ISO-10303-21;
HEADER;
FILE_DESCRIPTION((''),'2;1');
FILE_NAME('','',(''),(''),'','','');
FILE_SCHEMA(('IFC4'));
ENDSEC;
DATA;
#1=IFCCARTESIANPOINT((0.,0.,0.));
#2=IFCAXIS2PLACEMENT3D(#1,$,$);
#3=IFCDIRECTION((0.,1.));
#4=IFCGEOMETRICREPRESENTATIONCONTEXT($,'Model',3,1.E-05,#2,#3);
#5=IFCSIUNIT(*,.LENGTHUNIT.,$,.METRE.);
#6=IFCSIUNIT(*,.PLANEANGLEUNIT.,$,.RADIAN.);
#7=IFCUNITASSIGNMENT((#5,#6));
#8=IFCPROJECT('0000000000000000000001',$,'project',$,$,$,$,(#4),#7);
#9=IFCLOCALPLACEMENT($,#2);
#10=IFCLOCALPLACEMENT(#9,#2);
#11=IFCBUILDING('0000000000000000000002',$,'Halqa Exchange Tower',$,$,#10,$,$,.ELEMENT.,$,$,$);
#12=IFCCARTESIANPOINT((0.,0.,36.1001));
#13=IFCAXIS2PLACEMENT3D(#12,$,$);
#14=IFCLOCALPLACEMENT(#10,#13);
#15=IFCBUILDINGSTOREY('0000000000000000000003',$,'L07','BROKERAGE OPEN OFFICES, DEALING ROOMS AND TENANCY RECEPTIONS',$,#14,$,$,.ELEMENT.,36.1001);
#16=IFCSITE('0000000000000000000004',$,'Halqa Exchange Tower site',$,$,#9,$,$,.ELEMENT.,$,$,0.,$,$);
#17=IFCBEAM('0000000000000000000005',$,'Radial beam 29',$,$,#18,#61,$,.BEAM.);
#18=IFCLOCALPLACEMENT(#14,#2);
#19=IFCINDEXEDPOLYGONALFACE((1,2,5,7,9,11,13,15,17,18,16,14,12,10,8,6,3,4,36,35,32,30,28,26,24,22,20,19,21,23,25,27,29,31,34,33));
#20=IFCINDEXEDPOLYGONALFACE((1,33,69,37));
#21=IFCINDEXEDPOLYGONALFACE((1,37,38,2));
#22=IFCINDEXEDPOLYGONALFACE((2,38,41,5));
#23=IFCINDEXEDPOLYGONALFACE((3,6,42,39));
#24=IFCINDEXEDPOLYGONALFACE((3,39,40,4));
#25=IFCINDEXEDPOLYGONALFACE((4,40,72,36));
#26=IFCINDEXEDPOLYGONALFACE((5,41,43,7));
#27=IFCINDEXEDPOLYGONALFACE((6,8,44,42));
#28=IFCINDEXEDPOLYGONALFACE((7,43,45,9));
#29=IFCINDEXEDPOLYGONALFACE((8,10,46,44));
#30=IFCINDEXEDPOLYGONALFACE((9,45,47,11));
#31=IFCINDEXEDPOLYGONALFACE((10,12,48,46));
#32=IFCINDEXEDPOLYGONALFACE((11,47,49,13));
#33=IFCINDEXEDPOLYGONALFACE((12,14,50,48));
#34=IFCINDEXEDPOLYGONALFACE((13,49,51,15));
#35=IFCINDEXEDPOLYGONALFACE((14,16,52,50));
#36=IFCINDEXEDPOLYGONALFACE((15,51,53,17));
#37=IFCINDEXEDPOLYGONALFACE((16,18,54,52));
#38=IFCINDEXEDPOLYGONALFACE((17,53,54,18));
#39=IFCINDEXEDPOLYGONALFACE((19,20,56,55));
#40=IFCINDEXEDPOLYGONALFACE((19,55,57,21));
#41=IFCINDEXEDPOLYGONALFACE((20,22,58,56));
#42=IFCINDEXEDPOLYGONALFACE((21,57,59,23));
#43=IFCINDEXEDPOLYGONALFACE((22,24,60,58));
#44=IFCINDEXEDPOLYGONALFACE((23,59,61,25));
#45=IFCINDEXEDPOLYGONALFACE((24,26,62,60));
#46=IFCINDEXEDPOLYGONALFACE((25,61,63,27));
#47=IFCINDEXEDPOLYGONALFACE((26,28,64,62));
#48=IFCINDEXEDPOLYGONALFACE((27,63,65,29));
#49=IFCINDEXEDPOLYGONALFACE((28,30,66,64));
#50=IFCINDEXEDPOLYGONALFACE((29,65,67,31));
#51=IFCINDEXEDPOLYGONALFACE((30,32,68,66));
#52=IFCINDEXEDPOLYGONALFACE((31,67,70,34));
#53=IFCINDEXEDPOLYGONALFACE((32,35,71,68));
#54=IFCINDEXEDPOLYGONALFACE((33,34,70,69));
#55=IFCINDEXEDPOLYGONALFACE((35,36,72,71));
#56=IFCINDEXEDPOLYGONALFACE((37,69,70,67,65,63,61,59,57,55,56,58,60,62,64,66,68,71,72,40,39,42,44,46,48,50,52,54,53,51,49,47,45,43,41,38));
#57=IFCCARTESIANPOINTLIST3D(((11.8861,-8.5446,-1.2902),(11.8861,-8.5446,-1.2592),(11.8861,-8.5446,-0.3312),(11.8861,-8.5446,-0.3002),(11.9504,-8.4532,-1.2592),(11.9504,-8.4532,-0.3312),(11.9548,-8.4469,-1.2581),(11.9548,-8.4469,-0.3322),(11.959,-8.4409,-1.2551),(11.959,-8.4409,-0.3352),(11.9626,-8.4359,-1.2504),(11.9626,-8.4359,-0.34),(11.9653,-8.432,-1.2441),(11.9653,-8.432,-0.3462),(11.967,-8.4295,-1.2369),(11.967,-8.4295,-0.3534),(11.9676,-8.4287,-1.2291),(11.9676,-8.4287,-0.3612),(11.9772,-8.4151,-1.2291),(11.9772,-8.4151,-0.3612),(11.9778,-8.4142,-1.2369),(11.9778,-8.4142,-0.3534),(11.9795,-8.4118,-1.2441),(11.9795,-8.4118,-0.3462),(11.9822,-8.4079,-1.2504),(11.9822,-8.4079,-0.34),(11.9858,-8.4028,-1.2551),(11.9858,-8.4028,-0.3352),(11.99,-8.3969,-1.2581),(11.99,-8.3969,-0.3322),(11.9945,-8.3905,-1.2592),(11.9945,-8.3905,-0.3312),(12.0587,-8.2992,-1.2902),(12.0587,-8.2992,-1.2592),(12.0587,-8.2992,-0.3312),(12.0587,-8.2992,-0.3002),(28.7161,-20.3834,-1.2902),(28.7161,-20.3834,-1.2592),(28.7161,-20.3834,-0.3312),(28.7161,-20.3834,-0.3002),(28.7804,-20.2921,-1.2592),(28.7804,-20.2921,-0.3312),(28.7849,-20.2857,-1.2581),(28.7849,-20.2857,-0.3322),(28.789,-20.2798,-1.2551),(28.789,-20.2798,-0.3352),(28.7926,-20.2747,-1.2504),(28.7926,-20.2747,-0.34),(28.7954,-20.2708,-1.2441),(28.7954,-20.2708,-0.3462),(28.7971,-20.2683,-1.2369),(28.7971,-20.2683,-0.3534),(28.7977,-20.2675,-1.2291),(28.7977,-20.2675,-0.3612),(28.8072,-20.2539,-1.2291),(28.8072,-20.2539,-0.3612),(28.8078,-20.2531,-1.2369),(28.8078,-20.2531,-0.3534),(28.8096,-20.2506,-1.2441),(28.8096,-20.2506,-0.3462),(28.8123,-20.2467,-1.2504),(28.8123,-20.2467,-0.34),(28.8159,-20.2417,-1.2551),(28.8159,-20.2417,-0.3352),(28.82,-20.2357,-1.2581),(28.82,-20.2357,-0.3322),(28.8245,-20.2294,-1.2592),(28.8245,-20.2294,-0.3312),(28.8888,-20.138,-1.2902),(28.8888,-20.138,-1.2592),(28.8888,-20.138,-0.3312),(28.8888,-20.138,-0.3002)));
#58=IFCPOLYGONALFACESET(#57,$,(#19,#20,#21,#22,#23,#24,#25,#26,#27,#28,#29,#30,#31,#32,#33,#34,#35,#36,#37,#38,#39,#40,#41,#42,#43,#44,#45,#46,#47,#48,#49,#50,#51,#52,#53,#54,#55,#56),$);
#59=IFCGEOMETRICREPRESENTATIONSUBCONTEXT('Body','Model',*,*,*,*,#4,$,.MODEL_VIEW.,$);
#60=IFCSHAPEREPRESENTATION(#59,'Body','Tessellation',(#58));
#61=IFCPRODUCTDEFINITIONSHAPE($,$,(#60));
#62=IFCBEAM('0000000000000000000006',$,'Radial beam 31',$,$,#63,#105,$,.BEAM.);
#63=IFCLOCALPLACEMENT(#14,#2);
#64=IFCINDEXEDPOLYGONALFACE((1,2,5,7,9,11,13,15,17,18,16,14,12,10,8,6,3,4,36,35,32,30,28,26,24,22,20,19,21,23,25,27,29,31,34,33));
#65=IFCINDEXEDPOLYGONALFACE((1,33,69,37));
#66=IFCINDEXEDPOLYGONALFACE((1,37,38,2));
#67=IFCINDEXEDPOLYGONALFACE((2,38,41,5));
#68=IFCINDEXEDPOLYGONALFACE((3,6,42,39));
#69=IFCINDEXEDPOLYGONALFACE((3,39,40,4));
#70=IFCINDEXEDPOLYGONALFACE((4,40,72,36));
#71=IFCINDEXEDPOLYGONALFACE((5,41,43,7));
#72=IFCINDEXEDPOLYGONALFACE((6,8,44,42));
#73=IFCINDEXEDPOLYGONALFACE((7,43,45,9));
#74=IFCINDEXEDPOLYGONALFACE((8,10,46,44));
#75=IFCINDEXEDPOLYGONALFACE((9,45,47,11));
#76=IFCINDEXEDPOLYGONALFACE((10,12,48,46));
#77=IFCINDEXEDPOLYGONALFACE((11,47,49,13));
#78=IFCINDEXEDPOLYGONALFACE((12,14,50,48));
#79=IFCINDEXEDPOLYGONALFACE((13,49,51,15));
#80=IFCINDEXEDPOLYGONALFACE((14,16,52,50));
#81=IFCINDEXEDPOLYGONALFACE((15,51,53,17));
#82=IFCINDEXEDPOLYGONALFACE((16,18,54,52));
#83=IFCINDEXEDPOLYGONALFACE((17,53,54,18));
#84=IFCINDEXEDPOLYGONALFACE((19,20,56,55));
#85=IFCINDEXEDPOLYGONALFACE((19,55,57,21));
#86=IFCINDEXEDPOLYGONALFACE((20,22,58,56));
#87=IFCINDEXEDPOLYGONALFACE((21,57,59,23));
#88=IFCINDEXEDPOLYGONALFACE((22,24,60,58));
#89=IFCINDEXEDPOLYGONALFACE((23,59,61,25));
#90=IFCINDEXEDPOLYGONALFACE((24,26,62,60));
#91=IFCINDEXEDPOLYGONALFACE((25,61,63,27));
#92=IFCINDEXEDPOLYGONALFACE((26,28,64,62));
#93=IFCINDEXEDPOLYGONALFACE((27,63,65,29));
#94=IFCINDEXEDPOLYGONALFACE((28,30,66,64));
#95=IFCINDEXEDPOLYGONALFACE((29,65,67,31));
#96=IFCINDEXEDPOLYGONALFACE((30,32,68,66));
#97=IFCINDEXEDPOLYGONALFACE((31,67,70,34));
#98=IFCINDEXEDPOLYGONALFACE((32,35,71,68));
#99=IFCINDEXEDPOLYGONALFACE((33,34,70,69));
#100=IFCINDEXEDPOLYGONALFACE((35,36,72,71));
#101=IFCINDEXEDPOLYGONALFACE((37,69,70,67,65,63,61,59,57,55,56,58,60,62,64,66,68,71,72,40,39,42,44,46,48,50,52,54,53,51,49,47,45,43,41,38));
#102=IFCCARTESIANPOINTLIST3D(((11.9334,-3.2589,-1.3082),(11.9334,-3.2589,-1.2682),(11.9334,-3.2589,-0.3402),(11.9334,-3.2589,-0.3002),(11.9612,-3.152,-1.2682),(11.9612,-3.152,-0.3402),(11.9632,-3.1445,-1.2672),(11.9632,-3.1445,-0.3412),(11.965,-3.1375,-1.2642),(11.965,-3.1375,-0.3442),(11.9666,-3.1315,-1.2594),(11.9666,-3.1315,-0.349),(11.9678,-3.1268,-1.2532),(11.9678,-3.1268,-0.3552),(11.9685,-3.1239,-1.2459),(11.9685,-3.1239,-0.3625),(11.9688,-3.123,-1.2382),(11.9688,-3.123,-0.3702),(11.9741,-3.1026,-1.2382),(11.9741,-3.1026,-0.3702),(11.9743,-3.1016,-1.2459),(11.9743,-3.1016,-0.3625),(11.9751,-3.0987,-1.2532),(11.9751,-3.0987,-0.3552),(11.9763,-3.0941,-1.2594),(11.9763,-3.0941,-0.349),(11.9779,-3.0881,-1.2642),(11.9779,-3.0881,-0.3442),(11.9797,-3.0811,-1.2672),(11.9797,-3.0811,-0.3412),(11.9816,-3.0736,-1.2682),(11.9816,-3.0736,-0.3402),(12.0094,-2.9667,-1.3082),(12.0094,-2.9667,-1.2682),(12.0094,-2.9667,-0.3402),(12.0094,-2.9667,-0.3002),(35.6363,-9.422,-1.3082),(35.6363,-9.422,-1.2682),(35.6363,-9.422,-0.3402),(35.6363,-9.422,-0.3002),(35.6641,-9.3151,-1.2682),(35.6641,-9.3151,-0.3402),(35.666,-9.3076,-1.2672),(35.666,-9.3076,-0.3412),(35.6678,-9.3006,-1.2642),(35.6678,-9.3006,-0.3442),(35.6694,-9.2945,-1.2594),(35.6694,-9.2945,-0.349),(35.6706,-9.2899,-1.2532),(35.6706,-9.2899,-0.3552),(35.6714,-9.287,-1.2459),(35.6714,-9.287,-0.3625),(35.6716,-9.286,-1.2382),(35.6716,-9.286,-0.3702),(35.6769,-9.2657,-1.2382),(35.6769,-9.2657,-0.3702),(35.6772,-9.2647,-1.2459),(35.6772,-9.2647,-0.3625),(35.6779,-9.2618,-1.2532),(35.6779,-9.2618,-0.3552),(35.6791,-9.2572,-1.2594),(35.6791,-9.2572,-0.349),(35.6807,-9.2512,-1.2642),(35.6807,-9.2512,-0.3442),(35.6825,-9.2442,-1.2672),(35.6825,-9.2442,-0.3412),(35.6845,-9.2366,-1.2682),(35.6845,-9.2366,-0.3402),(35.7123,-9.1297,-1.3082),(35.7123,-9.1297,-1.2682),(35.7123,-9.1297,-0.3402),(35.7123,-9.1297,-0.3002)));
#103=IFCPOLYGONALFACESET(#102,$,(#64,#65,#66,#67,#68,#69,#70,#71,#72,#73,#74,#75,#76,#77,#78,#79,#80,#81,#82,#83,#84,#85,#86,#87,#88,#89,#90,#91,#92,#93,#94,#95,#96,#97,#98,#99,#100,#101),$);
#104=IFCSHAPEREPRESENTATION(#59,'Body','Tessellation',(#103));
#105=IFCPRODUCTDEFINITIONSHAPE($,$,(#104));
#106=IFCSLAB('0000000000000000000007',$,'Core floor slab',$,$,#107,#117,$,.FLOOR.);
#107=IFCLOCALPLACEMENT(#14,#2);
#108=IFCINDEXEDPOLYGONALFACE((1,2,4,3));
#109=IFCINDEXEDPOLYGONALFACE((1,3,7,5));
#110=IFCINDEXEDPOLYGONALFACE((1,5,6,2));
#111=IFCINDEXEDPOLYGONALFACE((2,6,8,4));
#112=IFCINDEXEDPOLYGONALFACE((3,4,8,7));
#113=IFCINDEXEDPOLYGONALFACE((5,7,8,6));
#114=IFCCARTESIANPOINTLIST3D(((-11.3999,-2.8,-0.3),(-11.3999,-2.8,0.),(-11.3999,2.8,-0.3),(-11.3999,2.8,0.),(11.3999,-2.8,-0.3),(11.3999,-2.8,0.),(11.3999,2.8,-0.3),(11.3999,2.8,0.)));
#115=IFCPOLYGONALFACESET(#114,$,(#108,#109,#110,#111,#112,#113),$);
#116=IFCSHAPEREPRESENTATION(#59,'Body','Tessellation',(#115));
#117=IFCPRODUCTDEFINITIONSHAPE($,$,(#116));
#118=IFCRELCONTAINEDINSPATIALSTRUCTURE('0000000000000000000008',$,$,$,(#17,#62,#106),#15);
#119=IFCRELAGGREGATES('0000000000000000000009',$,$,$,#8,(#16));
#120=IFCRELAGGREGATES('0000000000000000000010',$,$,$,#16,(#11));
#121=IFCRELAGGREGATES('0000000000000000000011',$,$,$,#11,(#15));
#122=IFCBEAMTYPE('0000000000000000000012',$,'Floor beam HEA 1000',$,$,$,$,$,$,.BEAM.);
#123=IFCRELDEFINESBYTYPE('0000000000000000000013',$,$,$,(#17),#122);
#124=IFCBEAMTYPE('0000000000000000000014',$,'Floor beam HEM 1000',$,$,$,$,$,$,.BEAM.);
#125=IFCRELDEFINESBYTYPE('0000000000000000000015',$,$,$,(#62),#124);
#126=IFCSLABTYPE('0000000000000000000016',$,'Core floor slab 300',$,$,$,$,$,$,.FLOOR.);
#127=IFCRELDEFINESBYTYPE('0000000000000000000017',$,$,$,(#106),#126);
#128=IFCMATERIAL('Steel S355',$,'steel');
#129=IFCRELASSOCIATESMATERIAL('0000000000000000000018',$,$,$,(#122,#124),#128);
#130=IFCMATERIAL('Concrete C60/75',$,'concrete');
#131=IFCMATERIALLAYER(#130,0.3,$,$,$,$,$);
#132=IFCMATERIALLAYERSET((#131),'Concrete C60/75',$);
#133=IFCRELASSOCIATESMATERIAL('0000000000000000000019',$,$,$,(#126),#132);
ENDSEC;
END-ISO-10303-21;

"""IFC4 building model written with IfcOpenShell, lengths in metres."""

from ifc_helpers import new_model, si_unit, direction, frame, origin, origin_2d, place, context, subcontext, project, spatial, polyline, i_section, outline, extrude, material, layer, layer_set, material_profile, profile_set, type_object, element, save


model = new_model("IFC4")

# Units and contexts
model_context = context("Model", 3, precision=1e-05, world=origin(), true_north=direction((0.0, 1.0)))
body_context = subcontext(model_context, "Body", "Model", "MODEL_VIEW")
ifc_project = project(units=[si_unit("LENGTHUNIT", "METRE"), si_unit("PLANEANGLEUNIT", "RADIAN")], contexts=[model_context])

# Site, building, storey
site_placement = place(None, origin())
site = spatial("IfcSite", under=ifc_project, at=site_placement, Name="Halqa Exchange Tower site", CompositionType="ELEMENT", RefElevation=0.0)
building_placement = place(site_placement, origin())
building = spatial("IfcBuilding", under=site, at=building_placement, Name="Halqa Exchange Tower", CompositionType="ELEMENT")
storey_placement = place(building_placement, frame((0.0, 0.0, 36.1001)))
storey = spatial("IfcBuildingStorey", under=building, at=storey_placement, Name="L07", Description="BROKERAGE OPEN OFFICES, DEALING ROOMS AND TENANCY RECEPTIONS", CompositionType="ELEMENT", Elevation=36.1001)

# Beams
ifc_material_1 = material(Name="Steel S355", Category="steel")
ifc_material_profile_1 = material_profile(ifc_material_1, i_section(OverallWidth=0.3, OverallDepth=0.99, WebThickness=0.0166, FlangeThickness=0.031, FilletRadius=0.03, at=origin_2d()), Name="HEA 1000")
ifc_profile_set_1 = profile_set([ifc_material_profile_1], Name="Steel S355")
beam_type_1 = type_object("IfcBeamType", Name="Floor beam HEA 1000", PredefinedType="BEAM", material=ifc_profile_set_1)
beam_1_placement = place(storey_placement, frame((11.9724, -8.4219, -0.7952), z_axis=(0.81791, -0.575346, 0.0), x_axis=(0.575346, 0.81791, 0.0)))
element("IfcBeam", 1, at=beam_1_placement, inside=storey, type_object=beam_type_1, Name="Radial beam 29", PredefinedType="BEAM", context=body_context, shape_type="SweptSolid", body=[
    extrude(i_section(OverallWidth=0.3, OverallDepth=0.99, WebThickness=0.0166, FlangeThickness=0.031, FilletRadius=0.03, at=origin_2d()), origin(), (0.0, 0.0, 1.0), 20.5769),
])
ifc_material_profile_2 = material_profile(ifc_material_1, i_section(OverallWidth=0.302, OverallDepth=1.0081, WebThickness=0.021, FlangeThickness=0.04, FilletRadius=0.03, at=origin_2d()), Name="HEM 1000")
ifc_profile_set_2 = profile_set([ifc_material_profile_2], Name="Steel S355")
beam_type_2 = type_object("IfcBeamType", Name="Floor beam HEM 1000", PredefinedType="BEAM", material=ifc_profile_set_2)
beam_2_placement = place(storey_placement, frame((11.9714, -3.1128, -0.8042), z_axis=(0.967819, -0.251647, 0.0), x_axis=(0.251647, 0.967819, 0.0)))
element("IfcBeam", 2, at=beam_2_placement, inside=storey, type_object=beam_type_2, Name="Radial beam 31", PredefinedType="BEAM", context=body_context, shape_type="SweptSolid", body=[
    extrude(i_section(OverallWidth=0.302, OverallDepth=1.0081, WebThickness=0.021, FlangeThickness=0.04, FilletRadius=0.03, at=origin_2d()), origin(), (0.0, 0.0, 1.0), 24.491),
])

# Slab
ifc_material_2 = material(Name="Concrete C60/75", Category="concrete")
ifc_layer_1 = layer(ifc_material_2, 0.3)
ifc_layer_set_1 = layer_set([ifc_layer_1], Name="Concrete C60/75")
slab_type_1 = type_object("IfcSlabType", Name="Core floor slab 300", PredefinedType="FLOOR", material=ifc_layer_set_1)
slab_1_placement = place(storey_placement, frame((0.0, 0.0, -0.3)))
element("IfcSlab", 3, at=slab_1_placement, inside=storey, type_object=slab_type_1, Name="Core floor slab", PredefinedType="FLOOR", context=body_context, shape_type="SweptSolid", body=[
    extrude(outline(polyline([(-11.3999, 2.8), (11.3999, 2.8), (11.3999, -2.8), (-11.3999, -2.8), (-11.3999, 2.8)])), origin(), (0.0, 0.0, 1.0), 0.3),
])

save(model, "model.ifc")
